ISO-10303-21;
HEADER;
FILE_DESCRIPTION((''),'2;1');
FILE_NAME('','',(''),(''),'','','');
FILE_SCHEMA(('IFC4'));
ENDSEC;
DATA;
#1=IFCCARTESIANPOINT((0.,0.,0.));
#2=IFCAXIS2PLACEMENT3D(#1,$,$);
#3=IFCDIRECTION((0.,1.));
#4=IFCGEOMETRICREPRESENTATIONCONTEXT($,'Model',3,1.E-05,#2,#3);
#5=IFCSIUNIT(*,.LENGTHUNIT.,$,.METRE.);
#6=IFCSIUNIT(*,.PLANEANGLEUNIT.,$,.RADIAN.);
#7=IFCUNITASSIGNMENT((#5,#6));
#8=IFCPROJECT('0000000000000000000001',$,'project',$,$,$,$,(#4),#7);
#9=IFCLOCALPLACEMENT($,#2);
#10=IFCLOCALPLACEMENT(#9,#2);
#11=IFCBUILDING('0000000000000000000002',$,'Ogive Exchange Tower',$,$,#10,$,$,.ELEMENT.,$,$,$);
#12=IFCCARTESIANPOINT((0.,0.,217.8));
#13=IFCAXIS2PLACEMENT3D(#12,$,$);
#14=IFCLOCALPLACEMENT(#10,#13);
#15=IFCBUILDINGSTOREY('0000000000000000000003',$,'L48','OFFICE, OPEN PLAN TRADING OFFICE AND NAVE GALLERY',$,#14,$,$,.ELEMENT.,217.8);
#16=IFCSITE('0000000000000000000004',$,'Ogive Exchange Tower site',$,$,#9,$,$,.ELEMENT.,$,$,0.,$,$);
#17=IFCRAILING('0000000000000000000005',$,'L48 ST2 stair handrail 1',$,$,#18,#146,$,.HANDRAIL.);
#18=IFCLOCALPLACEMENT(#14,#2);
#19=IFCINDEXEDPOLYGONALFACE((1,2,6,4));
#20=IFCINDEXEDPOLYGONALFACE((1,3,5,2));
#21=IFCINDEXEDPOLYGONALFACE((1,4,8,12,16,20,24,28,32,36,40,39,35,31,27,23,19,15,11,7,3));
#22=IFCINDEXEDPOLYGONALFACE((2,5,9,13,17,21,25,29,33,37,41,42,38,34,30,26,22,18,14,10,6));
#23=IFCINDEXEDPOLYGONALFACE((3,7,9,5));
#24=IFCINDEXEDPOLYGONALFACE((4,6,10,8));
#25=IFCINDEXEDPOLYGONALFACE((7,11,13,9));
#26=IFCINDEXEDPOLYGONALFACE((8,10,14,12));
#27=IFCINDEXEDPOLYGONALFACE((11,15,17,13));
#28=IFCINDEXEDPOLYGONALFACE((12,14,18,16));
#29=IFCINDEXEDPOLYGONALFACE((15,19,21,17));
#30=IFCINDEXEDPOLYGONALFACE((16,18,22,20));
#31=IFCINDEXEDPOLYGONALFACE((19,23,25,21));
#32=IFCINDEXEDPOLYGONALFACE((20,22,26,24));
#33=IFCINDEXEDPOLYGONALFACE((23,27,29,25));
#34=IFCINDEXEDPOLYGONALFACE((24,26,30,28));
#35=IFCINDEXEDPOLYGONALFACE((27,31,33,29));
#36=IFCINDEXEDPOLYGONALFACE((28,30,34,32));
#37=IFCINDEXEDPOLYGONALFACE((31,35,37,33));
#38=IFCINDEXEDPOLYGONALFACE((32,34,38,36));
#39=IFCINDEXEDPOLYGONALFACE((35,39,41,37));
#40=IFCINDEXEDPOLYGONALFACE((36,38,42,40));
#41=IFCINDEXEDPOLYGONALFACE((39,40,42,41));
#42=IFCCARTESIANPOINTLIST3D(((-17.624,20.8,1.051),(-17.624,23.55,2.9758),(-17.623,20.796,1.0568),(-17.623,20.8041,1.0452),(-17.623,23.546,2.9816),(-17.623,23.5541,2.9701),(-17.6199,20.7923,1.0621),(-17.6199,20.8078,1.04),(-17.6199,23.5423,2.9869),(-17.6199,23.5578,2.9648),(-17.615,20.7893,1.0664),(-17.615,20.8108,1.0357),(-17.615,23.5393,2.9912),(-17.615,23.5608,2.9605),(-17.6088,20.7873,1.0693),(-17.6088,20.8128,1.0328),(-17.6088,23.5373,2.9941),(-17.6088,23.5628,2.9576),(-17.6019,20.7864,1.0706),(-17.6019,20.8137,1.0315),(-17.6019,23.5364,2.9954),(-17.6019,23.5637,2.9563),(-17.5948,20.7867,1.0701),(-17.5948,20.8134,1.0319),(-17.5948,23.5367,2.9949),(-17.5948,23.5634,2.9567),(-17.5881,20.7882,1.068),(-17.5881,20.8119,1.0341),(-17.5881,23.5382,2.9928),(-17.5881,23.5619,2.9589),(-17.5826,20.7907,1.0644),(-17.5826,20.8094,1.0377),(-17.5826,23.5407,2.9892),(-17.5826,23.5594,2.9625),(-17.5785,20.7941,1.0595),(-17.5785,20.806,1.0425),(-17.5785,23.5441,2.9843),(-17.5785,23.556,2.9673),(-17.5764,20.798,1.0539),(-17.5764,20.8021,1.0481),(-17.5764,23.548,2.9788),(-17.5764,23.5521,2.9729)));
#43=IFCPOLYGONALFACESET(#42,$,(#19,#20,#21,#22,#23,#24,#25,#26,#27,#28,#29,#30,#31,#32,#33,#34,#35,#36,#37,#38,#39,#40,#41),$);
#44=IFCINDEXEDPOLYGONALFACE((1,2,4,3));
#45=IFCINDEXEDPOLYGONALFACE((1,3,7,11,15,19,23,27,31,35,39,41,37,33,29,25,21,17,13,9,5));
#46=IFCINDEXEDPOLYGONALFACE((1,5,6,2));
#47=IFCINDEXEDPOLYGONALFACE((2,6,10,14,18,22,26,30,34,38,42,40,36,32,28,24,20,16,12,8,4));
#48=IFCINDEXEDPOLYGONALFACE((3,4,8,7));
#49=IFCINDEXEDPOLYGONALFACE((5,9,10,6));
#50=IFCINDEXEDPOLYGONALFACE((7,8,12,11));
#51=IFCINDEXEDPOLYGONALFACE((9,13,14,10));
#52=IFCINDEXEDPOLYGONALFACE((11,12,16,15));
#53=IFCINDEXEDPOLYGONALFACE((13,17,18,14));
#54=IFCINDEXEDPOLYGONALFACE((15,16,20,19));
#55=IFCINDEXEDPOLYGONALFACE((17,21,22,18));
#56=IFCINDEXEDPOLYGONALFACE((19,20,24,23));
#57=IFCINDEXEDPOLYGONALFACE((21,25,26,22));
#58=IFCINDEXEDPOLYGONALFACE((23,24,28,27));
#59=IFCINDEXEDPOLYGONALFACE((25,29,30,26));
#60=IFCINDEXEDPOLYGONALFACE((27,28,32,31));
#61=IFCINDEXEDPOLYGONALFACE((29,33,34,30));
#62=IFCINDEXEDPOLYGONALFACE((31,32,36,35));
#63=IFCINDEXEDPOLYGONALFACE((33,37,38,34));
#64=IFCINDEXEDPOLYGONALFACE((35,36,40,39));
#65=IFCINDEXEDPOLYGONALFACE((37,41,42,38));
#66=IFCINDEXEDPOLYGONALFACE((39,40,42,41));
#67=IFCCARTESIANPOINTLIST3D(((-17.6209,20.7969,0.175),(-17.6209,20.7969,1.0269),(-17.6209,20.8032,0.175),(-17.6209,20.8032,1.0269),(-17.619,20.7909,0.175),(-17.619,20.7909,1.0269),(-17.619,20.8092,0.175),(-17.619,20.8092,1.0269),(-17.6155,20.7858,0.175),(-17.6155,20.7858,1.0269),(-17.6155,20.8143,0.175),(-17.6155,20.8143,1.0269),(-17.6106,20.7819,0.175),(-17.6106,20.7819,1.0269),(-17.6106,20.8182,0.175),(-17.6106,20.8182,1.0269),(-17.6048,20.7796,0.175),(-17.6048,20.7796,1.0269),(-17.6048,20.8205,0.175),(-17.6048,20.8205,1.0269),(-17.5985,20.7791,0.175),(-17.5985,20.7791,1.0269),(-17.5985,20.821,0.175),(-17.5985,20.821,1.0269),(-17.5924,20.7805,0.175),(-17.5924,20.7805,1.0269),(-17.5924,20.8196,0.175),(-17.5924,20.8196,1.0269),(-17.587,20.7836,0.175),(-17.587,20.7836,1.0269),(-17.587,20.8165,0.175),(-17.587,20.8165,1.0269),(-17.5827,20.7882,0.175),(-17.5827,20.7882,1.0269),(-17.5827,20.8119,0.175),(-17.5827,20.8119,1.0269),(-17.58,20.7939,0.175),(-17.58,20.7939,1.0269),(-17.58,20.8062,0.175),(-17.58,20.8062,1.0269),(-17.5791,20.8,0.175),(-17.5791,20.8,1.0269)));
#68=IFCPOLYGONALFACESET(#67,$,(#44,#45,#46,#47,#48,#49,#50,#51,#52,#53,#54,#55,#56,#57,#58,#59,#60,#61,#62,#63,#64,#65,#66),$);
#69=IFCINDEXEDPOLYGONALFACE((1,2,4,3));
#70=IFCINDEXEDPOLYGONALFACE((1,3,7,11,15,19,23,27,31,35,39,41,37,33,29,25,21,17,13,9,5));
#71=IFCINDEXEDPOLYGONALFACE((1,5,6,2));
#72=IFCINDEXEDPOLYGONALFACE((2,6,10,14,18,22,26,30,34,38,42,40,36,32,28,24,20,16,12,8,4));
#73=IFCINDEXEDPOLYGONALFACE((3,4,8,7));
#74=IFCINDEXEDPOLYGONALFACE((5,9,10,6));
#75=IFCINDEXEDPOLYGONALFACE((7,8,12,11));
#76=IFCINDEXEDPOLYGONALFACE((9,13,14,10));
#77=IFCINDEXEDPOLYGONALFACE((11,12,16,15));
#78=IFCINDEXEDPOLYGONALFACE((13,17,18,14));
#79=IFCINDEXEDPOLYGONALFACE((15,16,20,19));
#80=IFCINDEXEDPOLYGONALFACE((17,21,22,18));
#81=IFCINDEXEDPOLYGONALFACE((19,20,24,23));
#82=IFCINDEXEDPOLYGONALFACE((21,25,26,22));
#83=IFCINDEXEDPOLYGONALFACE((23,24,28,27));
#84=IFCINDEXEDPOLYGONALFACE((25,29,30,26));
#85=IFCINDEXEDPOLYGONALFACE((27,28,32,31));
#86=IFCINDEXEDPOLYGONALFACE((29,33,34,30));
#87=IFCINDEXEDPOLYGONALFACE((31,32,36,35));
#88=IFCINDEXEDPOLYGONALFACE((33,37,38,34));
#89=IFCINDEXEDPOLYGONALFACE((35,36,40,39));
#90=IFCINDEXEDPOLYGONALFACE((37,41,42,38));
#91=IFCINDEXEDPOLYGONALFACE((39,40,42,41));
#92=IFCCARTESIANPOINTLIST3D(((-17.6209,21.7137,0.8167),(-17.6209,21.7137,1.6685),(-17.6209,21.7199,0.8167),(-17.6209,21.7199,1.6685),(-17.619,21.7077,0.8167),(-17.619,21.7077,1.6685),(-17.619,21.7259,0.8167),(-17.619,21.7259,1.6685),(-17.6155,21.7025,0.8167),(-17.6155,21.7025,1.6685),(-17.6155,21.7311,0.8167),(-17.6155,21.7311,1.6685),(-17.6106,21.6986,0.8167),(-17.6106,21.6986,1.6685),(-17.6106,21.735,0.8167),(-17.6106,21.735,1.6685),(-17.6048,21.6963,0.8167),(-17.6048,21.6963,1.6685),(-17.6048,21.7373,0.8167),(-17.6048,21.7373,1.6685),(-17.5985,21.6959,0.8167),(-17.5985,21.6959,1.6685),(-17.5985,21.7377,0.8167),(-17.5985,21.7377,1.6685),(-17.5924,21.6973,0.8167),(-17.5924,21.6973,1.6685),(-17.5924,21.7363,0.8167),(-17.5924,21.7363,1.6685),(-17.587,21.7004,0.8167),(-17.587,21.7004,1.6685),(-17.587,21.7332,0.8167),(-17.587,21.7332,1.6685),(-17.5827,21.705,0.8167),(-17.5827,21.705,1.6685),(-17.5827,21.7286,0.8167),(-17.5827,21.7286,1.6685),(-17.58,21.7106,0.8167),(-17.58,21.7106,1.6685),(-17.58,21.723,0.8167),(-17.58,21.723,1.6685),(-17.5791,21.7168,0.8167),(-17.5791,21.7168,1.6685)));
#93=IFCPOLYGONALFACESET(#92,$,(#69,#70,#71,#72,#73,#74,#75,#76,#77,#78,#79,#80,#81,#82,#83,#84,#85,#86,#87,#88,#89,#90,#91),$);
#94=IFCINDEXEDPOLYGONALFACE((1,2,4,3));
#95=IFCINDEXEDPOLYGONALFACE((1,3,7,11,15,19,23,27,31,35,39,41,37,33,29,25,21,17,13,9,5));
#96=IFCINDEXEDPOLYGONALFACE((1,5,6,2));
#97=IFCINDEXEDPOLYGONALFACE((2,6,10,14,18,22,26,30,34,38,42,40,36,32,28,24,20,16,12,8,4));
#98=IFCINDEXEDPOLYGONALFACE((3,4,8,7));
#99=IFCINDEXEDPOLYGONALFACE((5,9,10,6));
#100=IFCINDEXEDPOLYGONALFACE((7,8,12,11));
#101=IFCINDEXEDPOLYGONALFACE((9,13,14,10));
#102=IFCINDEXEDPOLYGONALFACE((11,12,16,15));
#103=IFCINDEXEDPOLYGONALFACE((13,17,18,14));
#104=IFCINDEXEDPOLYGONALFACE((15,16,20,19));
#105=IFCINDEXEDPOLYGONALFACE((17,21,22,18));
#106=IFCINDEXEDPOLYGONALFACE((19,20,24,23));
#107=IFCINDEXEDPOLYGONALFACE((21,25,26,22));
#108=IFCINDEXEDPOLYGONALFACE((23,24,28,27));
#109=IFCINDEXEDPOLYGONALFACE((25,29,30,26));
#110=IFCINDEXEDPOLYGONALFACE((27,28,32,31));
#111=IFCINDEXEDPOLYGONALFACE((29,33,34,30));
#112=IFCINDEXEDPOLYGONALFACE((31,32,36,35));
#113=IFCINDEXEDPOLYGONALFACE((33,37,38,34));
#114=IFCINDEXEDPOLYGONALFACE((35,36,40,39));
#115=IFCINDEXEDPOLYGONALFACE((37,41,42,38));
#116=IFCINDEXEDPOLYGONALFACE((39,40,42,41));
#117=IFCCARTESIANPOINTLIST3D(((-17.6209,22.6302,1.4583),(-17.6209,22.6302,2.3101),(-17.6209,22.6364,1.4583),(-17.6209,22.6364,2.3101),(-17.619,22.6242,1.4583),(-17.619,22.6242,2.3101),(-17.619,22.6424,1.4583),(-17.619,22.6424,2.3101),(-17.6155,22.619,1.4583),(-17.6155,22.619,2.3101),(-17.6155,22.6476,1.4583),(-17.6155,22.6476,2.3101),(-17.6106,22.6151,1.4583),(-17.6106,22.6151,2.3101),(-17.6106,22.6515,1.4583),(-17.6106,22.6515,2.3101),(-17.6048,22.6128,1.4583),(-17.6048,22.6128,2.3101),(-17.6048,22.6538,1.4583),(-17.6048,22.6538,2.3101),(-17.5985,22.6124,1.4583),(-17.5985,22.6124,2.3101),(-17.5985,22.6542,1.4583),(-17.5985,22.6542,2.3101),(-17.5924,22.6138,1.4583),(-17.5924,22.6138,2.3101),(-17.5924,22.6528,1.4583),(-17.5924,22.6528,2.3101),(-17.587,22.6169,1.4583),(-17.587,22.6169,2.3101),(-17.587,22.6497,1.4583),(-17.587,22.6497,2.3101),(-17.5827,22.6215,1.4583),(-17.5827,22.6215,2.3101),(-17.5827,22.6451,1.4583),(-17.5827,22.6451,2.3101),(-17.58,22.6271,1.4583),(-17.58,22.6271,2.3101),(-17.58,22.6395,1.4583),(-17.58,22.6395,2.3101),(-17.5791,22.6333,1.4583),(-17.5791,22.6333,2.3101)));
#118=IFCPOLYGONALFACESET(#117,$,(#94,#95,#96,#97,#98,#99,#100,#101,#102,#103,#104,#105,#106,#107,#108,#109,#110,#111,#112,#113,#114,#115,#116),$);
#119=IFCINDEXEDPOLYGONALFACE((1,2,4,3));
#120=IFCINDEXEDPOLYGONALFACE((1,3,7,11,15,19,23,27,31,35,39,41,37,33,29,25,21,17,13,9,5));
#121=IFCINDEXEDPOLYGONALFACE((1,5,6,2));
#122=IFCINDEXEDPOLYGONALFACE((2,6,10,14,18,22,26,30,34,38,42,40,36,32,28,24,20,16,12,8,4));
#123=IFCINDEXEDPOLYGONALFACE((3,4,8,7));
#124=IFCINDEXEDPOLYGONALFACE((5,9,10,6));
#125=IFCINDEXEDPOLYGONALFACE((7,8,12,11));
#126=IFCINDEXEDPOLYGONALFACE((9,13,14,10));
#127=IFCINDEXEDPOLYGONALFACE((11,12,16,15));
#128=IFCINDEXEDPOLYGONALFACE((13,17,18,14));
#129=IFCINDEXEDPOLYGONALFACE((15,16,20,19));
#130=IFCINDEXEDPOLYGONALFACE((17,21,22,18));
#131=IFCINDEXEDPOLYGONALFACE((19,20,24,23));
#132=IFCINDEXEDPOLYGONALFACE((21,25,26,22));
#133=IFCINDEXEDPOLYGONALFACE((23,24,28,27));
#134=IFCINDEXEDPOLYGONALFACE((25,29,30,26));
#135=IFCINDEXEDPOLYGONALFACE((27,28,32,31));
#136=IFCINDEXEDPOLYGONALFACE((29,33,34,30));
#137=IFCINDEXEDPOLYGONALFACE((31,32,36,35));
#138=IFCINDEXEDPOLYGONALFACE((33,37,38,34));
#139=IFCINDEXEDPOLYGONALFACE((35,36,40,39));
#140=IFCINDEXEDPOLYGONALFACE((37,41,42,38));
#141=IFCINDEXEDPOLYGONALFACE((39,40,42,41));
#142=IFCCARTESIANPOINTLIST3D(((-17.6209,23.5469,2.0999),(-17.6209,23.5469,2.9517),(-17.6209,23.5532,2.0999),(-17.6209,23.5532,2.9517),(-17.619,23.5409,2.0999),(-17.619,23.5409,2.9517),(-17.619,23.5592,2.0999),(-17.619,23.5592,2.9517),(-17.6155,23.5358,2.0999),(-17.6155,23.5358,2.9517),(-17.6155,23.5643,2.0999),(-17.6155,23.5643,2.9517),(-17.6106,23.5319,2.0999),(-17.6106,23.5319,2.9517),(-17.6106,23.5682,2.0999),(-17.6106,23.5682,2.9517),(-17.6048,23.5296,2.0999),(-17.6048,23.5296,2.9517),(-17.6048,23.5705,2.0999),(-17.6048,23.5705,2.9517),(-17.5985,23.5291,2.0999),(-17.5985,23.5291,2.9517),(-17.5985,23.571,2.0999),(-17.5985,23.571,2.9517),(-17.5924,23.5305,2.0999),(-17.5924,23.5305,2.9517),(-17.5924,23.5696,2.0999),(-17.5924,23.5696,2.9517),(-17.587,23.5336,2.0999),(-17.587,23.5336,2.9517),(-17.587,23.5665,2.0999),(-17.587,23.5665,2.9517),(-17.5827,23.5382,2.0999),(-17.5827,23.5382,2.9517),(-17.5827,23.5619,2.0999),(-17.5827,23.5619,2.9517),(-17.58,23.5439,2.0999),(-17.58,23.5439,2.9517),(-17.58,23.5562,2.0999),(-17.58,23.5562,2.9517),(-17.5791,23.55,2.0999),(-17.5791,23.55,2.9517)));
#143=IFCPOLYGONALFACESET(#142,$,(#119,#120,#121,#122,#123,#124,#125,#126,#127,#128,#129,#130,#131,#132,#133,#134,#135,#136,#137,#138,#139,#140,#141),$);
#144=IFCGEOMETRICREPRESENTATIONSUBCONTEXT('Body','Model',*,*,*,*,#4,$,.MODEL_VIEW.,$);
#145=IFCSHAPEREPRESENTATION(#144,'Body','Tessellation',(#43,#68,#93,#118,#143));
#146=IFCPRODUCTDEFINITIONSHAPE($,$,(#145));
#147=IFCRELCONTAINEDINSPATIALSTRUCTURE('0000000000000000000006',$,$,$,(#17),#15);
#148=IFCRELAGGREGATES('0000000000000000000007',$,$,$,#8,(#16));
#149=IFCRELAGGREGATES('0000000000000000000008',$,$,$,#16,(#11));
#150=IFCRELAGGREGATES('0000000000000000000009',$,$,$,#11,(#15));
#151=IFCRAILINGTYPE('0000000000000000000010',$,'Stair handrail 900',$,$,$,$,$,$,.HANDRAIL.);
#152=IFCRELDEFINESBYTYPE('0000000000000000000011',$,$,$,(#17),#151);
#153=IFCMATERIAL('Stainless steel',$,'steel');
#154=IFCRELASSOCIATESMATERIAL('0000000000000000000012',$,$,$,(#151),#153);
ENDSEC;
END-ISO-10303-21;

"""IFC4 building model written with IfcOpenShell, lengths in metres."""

from ifc_helpers import new_model, si_unit, direction, frame, origin, origin_2d, place, context, subcontext, project, spatial, circle, extrude, material, type_object, element, save


model = new_model("IFC4")

# Units and contexts
model_context = context("Model", 3, precision=1e-05, world=origin(), true_north=direction((0.0, 1.0)))
body_context = subcontext(model_context, "Body", "Model", "MODEL_VIEW")
ifc_project = project(units=[si_unit("LENGTHUNIT", "METRE"), si_unit("PLANEANGLEUNIT", "RADIAN")], contexts=[model_context])

# Site, building, storey
site_placement = place(None, origin())
site = spatial("IfcSite", under=ifc_project, at=site_placement, Name="Ogive Exchange Tower site", CompositionType="ELEMENT", RefElevation=0.0)
building_placement = place(site_placement, origin())
building = spatial("IfcBuilding", under=site, at=building_placement, Name="Ogive Exchange Tower", CompositionType="ELEMENT")
storey_placement = place(building_placement, frame((0.0, 0.0, 217.8)))
storey = spatial("IfcBuildingStorey", under=building, at=storey_placement, Name="L48", Description="OFFICE, OPEN PLAN TRADING OFFICE AND NAVE GALLERY", CompositionType="ELEMENT", Elevation=217.8)

# Railing
ifc_material_1 = material(Name="Stainless steel", Category="steel")
railing_type = type_object("IfcRailingType", Name="Stair handrail 900", PredefinedType="HANDRAIL", material=ifc_material_1)
railing_1_placement = place(storey_placement, frame((-17.6001, 20.8, 0.175)))
element("IfcRailing", 1, at=railing_1_placement, inside=storey, type_object=railing_type, Name="L48 ST2 stair handrail 1", PredefinedType="HANDRAIL", context=body_context, shape_type="SweptSolid", body=[
    extrude(circle(Radius=0.0239, at=origin_2d()), frame((0.0, 0.0, 0.876), z_axis=(0.0, 0.819259, 0.573423), x_axis=(-1.0, 0.0, 0.0)), (0.0, 0.0, 1.0), 3.3567),
    extrude(circle(Radius=0.021, at=origin_2d()), origin(), (0.0, 0.0, 1.0), 0.8518),
    extrude(circle(Radius=0.021, at=origin_2d()), frame((0.0, 0.9167, 0.6416)), (0.0, 0.0, 1.0), 0.8518),
    extrude(circle(Radius=0.021, at=origin_2d()), frame((0.0, 1.8333, 1.2832)), (0.0, 0.0, 1.0), 0.8518),
    extrude(circle(Radius=0.021, at=origin_2d()), frame((0.0, 2.75, 1.9248)), (0.0, 0.0, 1.0), 0.8518),
])

save(model, "model.ifc")
